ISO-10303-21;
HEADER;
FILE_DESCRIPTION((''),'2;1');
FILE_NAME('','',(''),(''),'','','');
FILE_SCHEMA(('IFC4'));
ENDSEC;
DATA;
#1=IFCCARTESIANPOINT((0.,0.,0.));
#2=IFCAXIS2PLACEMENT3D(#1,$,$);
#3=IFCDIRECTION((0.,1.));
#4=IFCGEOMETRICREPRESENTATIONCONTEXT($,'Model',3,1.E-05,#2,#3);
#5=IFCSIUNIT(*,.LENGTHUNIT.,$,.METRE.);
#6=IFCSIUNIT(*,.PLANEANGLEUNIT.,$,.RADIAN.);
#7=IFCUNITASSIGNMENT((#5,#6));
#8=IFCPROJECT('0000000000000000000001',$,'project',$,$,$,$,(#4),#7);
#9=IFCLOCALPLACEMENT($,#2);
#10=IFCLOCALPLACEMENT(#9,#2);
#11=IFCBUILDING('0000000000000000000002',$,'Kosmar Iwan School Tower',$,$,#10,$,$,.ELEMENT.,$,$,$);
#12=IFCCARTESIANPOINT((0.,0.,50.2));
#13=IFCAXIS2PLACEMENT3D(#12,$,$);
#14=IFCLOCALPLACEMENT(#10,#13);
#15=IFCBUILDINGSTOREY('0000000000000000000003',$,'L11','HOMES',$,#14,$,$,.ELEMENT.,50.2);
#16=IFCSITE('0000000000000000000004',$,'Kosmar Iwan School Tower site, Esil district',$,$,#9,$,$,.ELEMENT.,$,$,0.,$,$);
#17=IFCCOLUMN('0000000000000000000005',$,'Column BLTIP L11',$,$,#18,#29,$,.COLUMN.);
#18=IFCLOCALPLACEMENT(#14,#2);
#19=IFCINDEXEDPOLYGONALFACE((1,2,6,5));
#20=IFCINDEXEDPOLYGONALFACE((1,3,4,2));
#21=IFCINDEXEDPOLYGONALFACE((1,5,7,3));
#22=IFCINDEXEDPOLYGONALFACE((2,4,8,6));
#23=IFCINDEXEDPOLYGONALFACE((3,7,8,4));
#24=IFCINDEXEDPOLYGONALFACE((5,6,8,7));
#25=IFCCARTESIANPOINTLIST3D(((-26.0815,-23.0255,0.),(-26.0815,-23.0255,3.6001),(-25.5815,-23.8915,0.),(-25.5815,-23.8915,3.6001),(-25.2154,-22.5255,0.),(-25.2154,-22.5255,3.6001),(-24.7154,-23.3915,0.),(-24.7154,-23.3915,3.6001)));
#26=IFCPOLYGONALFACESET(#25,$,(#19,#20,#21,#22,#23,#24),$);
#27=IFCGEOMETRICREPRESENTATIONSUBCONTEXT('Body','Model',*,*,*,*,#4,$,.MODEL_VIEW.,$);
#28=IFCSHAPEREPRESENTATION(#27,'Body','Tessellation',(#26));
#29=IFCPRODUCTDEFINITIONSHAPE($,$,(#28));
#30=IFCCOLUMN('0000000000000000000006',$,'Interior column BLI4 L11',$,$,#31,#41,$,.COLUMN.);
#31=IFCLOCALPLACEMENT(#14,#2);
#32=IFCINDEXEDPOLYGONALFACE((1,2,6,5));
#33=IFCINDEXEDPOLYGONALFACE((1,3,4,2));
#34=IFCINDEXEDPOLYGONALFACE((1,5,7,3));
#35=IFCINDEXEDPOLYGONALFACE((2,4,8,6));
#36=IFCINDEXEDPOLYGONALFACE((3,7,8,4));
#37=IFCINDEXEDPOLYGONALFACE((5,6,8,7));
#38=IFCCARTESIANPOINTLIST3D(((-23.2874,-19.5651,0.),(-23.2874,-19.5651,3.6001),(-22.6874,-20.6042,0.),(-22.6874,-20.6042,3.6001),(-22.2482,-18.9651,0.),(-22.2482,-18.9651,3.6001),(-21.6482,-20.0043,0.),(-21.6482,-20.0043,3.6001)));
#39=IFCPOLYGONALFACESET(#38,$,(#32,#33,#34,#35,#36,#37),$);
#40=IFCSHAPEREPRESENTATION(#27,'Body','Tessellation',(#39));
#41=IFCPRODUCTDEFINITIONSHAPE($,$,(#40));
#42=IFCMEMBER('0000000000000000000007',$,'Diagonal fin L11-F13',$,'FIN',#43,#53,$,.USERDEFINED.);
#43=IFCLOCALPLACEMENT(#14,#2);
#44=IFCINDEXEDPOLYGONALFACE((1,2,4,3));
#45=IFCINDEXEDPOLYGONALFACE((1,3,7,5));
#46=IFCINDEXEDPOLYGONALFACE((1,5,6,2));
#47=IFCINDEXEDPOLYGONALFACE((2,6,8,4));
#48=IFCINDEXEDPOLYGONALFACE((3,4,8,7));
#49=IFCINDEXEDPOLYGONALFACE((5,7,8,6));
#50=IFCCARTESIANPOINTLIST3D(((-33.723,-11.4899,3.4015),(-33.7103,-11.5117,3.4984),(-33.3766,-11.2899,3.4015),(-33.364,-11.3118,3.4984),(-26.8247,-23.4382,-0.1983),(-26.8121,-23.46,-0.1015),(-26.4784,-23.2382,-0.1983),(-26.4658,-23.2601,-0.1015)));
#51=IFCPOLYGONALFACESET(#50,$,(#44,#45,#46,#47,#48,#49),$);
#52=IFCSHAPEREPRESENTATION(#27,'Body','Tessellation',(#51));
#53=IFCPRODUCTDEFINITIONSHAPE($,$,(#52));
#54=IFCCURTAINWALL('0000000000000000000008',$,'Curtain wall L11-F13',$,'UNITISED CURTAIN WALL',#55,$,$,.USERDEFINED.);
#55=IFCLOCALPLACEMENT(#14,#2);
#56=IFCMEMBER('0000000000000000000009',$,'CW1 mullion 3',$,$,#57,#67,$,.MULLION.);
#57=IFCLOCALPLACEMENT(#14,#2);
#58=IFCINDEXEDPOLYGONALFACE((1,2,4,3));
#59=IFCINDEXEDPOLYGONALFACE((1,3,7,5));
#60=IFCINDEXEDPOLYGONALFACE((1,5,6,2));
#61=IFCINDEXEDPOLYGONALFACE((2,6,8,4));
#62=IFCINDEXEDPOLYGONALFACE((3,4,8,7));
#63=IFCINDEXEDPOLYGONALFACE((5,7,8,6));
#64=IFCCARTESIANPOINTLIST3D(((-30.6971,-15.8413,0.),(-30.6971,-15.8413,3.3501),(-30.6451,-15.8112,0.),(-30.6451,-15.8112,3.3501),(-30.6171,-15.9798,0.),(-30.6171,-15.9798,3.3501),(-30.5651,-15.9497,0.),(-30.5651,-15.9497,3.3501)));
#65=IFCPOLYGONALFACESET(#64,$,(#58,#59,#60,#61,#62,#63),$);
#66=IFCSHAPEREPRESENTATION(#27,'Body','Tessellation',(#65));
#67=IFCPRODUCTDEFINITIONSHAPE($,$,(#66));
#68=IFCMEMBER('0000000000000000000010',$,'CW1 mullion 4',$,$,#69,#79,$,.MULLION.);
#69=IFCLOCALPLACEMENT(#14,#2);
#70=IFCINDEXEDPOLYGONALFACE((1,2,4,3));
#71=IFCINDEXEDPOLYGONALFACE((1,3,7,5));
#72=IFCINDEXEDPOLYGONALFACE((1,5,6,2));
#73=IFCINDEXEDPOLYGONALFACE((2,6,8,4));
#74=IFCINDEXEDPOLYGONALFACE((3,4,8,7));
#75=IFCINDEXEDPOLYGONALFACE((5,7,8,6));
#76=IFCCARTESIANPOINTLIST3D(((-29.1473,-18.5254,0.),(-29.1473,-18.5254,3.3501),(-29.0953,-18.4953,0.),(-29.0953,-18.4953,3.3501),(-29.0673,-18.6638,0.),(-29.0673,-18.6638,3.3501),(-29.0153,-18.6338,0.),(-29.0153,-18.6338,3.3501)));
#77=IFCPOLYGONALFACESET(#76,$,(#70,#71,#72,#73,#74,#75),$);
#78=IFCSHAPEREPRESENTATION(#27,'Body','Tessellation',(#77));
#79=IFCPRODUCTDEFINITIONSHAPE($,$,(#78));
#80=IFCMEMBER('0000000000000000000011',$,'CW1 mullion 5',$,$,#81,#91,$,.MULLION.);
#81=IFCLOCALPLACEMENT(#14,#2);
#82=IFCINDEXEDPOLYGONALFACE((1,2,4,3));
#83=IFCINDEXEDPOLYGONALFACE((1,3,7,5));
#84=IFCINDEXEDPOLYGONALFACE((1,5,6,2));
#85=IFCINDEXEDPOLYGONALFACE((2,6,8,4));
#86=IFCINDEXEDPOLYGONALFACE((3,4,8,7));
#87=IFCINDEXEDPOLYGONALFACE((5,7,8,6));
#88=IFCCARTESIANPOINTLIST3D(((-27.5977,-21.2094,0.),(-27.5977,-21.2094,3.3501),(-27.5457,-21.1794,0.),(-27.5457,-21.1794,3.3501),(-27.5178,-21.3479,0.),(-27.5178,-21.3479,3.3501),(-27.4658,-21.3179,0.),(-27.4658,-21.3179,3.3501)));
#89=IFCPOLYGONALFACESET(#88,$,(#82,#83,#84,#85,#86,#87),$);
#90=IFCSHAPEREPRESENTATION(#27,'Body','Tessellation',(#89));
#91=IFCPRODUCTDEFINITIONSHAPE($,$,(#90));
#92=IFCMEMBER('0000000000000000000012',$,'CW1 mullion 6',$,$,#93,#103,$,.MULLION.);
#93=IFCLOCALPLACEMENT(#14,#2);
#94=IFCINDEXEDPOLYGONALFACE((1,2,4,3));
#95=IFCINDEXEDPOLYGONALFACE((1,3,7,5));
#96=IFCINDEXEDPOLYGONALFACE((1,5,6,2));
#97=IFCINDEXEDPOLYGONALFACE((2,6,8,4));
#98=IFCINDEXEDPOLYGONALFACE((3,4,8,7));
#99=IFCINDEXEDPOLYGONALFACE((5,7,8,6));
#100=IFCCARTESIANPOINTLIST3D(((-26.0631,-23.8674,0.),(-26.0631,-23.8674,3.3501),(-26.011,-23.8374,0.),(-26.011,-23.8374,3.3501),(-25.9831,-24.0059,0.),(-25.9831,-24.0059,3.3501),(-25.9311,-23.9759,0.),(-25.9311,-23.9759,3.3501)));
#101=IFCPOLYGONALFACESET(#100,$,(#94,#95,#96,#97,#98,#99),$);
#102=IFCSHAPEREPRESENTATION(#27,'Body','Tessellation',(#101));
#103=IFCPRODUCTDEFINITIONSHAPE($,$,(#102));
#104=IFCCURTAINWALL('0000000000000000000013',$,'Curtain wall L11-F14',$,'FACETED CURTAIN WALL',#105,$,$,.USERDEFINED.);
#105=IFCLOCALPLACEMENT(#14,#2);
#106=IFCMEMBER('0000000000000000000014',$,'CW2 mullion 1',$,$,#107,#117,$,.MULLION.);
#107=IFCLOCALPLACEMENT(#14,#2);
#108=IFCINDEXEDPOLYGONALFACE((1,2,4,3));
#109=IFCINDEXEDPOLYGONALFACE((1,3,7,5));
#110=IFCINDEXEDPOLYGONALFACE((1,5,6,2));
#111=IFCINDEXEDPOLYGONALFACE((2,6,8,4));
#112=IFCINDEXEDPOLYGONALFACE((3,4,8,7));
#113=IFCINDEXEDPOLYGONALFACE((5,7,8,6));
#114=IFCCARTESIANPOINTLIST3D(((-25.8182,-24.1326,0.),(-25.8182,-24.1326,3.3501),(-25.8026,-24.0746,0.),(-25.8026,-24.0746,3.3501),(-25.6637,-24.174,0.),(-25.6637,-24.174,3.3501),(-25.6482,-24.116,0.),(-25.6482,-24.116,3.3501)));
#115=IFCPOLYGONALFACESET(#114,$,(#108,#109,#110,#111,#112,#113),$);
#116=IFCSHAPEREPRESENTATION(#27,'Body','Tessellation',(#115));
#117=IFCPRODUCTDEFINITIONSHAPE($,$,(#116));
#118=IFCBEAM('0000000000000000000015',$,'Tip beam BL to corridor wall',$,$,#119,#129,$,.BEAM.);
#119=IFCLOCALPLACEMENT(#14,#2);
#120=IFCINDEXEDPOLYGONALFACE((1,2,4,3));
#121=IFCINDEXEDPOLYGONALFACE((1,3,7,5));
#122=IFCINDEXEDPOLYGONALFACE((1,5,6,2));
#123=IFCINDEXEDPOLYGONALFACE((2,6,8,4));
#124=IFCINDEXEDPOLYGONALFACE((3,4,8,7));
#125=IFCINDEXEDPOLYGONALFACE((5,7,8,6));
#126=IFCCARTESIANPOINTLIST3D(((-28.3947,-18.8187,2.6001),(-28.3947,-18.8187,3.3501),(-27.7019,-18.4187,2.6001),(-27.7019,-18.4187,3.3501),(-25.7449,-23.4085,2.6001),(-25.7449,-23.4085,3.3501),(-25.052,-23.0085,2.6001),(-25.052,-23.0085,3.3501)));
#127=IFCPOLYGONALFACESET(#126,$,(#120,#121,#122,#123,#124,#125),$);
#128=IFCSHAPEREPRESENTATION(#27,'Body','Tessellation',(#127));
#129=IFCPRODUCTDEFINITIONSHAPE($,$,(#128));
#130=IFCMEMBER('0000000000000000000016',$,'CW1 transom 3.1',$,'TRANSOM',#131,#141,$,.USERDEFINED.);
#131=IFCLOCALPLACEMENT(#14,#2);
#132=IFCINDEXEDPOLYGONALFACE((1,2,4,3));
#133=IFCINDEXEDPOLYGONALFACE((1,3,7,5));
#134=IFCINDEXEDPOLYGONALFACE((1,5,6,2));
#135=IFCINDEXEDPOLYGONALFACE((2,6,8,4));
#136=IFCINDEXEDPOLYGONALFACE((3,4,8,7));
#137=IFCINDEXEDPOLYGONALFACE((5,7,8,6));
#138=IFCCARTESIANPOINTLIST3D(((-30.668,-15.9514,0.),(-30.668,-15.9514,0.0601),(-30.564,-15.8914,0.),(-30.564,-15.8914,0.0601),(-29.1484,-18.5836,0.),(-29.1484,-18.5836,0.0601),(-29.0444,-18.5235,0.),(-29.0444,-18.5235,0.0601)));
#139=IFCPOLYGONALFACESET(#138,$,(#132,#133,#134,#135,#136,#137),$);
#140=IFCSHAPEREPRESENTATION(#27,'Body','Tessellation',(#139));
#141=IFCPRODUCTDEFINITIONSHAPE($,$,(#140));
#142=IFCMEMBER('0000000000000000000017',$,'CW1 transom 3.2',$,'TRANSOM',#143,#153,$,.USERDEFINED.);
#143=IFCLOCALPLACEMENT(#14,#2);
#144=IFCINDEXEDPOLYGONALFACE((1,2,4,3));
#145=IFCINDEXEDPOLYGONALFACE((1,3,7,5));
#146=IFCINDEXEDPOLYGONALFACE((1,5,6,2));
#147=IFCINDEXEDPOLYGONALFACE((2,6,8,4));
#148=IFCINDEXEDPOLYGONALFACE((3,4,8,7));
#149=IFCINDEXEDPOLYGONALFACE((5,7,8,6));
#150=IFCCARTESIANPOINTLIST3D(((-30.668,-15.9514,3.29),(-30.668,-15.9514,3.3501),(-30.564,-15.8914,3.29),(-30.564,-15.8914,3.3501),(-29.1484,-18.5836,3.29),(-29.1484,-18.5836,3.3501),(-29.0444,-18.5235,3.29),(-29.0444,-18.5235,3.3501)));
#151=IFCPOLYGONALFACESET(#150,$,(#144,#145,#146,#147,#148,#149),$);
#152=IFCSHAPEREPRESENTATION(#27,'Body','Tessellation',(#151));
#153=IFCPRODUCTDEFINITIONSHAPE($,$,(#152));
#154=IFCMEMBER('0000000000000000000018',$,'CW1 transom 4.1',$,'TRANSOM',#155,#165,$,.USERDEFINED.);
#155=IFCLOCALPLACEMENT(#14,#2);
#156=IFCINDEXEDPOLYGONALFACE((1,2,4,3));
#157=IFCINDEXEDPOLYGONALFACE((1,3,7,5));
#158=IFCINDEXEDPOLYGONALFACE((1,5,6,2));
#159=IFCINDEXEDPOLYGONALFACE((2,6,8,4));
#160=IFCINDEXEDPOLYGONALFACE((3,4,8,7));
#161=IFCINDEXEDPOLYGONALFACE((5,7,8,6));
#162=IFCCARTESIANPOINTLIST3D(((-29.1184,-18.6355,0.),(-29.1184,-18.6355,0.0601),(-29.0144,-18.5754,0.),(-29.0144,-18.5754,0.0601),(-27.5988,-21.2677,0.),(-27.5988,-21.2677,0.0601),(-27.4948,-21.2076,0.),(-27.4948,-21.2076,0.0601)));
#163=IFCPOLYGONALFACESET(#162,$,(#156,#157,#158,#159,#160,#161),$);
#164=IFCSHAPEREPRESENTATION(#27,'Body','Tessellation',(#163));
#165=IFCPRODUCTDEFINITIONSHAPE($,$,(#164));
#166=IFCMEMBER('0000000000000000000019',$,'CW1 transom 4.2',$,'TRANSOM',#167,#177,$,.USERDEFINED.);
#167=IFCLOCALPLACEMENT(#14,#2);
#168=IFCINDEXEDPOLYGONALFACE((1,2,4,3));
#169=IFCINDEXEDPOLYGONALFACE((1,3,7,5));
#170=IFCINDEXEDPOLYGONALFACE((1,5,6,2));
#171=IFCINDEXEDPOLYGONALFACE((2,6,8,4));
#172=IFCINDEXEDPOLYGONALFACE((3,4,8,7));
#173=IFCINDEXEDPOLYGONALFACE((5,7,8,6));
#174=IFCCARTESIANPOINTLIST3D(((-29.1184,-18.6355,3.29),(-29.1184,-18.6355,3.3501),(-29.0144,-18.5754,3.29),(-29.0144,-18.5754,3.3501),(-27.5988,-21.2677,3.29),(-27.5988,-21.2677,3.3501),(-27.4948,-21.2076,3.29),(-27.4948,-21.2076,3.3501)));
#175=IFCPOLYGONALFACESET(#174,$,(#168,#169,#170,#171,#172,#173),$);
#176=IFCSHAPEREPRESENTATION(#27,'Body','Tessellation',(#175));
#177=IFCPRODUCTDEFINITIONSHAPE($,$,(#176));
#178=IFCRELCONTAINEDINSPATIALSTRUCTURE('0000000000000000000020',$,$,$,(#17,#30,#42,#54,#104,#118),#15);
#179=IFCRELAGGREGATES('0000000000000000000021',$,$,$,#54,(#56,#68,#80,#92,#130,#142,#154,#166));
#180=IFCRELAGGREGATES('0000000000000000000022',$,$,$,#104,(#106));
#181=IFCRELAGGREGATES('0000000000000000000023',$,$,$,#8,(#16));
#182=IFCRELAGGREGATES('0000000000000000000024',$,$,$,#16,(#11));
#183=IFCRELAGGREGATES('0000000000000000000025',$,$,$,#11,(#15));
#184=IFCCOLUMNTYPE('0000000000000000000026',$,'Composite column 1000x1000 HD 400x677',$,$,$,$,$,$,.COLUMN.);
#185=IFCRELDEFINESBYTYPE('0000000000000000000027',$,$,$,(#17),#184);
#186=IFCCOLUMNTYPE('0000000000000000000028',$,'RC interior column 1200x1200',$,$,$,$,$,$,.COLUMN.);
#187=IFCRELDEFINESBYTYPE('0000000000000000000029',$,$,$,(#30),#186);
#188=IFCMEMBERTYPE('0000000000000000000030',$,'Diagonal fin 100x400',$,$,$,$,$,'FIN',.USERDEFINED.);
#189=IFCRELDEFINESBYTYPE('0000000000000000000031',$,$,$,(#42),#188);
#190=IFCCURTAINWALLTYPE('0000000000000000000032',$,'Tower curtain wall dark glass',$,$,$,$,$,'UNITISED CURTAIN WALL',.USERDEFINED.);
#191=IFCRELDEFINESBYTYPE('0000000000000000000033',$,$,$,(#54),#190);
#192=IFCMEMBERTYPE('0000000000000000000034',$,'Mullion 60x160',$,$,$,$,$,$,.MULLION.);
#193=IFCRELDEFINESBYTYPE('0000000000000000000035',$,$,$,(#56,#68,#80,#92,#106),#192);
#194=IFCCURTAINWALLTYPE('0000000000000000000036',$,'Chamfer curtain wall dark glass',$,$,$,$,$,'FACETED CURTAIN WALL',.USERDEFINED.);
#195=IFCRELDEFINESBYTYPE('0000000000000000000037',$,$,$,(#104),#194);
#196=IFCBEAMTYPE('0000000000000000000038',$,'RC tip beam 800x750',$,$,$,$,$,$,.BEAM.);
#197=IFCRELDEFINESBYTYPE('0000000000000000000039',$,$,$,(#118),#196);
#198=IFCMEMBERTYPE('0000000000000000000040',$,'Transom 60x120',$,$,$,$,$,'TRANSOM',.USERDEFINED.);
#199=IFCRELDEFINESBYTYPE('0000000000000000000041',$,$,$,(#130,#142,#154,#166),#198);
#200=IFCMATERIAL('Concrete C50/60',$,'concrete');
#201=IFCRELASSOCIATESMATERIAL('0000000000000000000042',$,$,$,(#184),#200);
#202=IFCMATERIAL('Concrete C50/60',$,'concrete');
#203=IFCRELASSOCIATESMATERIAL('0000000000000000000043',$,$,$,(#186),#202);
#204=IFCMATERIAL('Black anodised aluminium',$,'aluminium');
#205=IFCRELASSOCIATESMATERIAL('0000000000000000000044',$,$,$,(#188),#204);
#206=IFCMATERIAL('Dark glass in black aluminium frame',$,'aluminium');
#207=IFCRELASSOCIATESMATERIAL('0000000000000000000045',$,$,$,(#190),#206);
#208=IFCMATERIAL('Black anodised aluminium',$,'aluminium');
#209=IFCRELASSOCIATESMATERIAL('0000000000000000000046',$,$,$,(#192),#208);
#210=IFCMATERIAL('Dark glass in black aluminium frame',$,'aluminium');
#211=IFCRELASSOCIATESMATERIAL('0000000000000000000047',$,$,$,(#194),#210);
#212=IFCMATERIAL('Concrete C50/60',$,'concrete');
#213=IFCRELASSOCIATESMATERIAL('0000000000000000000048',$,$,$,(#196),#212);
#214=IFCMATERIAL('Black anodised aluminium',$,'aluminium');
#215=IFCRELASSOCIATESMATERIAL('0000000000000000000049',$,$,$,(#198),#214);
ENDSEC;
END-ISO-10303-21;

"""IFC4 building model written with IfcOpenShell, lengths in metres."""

from ifc_helpers import new_model, si_unit, direction, frame, origin, origin_2d, place, context, subcontext, project, spatial, rectangle, extrude, material, material_profile, profile_set, type_object, element, aggregate, save


model = new_model("IFC4")

# Units and contexts
model_context = context("Model", 3, precision=1e-05, world=origin(), true_north=direction((0.0, 1.0)))
body_context = subcontext(model_context, "Body", "Model", "MODEL_VIEW")
ifc_project = project(units=[si_unit("LENGTHUNIT", "METRE"), si_unit("PLANEANGLEUNIT", "RADIAN")], contexts=[model_context])

# Site, building, storey
site_placement = place(None, origin())
site = spatial("IfcSite", under=ifc_project, at=site_placement, Name="Kosmar Iwan School Tower site, Esil district", CompositionType="ELEMENT", RefElevation=0.0)
building_placement = place(site_placement, origin())
building = spatial("IfcBuilding", under=site, at=building_placement, Name="Kosmar Iwan School Tower", CompositionType="ELEMENT")
storey_placement = place(building_placement, frame((0.0, 0.0, 50.2)))
storey = spatial("IfcBuildingStorey", under=building, at=storey_placement, Name="L11", Description="HOMES", CompositionType="ELEMENT", Elevation=50.2)

# Columns
ifc_material_1 = material(Name="Concrete C50/60", Category="concrete")
ifc_material_profile_1 = material_profile(ifc_material_1, rectangle(XDim=1.0, YDim=1.0, at=origin_2d()), Name="RC 1000x1000 + HD 400x677")
ifc_profile_set_1 = profile_set([ifc_material_profile_1], Name="Concrete C50/60")
column_type_1 = type_object("IfcColumnType", Name="Composite column 1000x1000 HD 400x677", PredefinedType="COLUMN", material=ifc_profile_set_1)
column_1_placement = place(storey_placement, frame((-25.3984, -23.2085, 0.0), z_axis=(0.0, 0.0, 1.0), x_axis=(-0.866025, -0.5, 0.0)))
element("IfcColumn", 1, at=column_1_placement, inside=storey, type_object=column_type_1, Name="Column BLTIP L11", PredefinedType="COLUMN", context=body_context, shape_type="SweptSolid", body=[
    extrude(rectangle(XDim=1.0, YDim=1.0, at=origin_2d()), origin(), (0.0, 0.0, 1.0), 3.6001),
])
ifc_material_2 = material(Name="Concrete C50/60", Category="concrete")
ifc_material_profile_2 = material_profile(ifc_material_2, rectangle(XDim=1.2, YDim=1.2, at=origin_2d()), Name="RC 1200x1200")
ifc_profile_set_2 = profile_set([ifc_material_profile_2], Name="Concrete C50/60")
column_type_2 = type_object("IfcColumnType", Name="RC interior column 1200x1200", PredefinedType="COLUMN", material=ifc_profile_set_2)
column_2_placement = place(storey_placement, frame((-22.4678, -19.7847, 0.0), z_axis=(0.0, 0.0, 1.0), x_axis=(-0.866025, -0.5, 0.0)))
element("IfcColumn", 2, at=column_2_placement, inside=storey, type_object=column_type_2, Name="Interior column BLI4 L11", PredefinedType="COLUMN", context=body_context, shape_type="SweptSolid", body=[
    extrude(rectangle(XDim=1.2, YDim=1.2, at=origin_2d()), origin(), (0.0, 0.0, 1.0), 3.6001),
])

# Member
ifc_material_3 = material(Name="Black anodised aluminium", Category="aluminium")
ifc_material_profile_3 = material_profile(ifc_material_3, rectangle(XDim=0.1001, YDim=0.3999, at=origin_2d()), Name="FIN 100x400")
ifc_profile_set_3 = profile_set([ifc_material_profile_3], Name="Black anodised aluminium")
member_type_1 = type_object("IfcMemberType", Name="Diagonal fin 100x400", ElementType="FIN", PredefinedType="USERDEFINED", material=ifc_profile_set_3)
member_1_placement = place(storey_placement, frame((-26.6453, -23.3491, -0.1499), z_axis=(-0.483796, 0.837974, 0.252471), x_axis=(0.126234, -0.218647, 0.967604)))
element("IfcMember", 3, at=member_1_placement, inside=storey, type_object=member_type_1, Name="Diagonal fin L11-F13", ObjectType="FIN", PredefinedType="USERDEFINED", context=body_context, shape_type="SweptSolid", body=[
    extrude(rectangle(XDim=0.1001, YDim=0.3999, at=origin_2d()), origin(), (0.0, 0.0, 1.0), 14.2585),
])

# Curtain wall, members
ifc_material_4 = material(Name="Dark glass in black aluminium frame", Category="aluminium")
curtain_wall_type_1 = type_object("IfcCurtainWallType", Name="Tower curtain wall dark glass", ElementType="UNITISED CURTAIN WALL", PredefinedType="USERDEFINED", material=ifc_material_4)
curtain_wall_1_placement = place(storey_placement, origin())
curtain_wall_1 = element("IfcCurtainWall", 4, at=curtain_wall_1_placement, inside=storey, type_object=curtain_wall_type_1, Name="Curtain wall L11-F13", ObjectType="UNITISED CURTAIN WALL", PredefinedType="USERDEFINED")
ifc_material_5 = material(Name="Black anodised aluminium", Category="aluminium")
ifc_material_profile_4 = material_profile(ifc_material_5, rectangle(XDim=0.0601, YDim=0.1599, at=origin_2d()), Name="MULLION 60x160")
ifc_profile_set_4 = profile_set([ifc_material_profile_4], Name="Black anodised aluminium")
member_type_2 = type_object("IfcMemberType", Name="Mullion 60x160", PredefinedType="MULLION", material=ifc_profile_set_4)
member_2_placement = place(storey_placement, frame((-30.6311, -15.8955, 0.0), z_axis=(0.0, 0.0, 1.0), x_axis=(0.866025, 0.5, 0.0)))
member_2 = element("IfcMember", 5, at=member_2_placement, type_object=member_type_2, Name="CW1 mullion 3", PredefinedType="MULLION", context=body_context, shape_type="SweptSolid", body=[
    extrude(rectangle(XDim=0.0601, YDim=0.1599, at=origin_2d()), origin(), (0.0, 0.0, 1.0), 3.3501),
])
member_3_placement = place(storey_placement, frame((-29.0813, -18.5796, 0.0), z_axis=(0.0, 0.0, 1.0), x_axis=(0.866025, 0.5, 0.0)))
member_3 = element("IfcMember", 6, at=member_3_placement, type_object=member_type_2, Name="CW1 mullion 4", PredefinedType="MULLION", context=body_context, shape_type="SweptSolid", body=[
    extrude(rectangle(XDim=0.0601, YDim=0.1599, at=origin_2d()), origin(), (0.0, 0.0, 1.0), 3.3501),
])
member_4_placement = place(storey_placement, frame((-27.5317, -21.2637, 0.0), z_axis=(0.0, 0.0, 1.0), x_axis=(0.866025, 0.5, 0.0)))
member_4 = element("IfcMember", 7, at=member_4_placement, type_object=member_type_2, Name="CW1 mullion 5", PredefinedType="MULLION", context=body_context, shape_type="SweptSolid", body=[
    extrude(rectangle(XDim=0.0601, YDim=0.1599, at=origin_2d()), origin(), (0.0, 0.0, 1.0), 3.3501),
])
member_5_placement = place(storey_placement, frame((-25.9971, -23.9216, 0.0), z_axis=(0.0, 0.0, 1.0), x_axis=(0.866025, 0.5, 0.0)))
member_5 = element("IfcMember", 8, at=member_5_placement, type_object=member_type_2, Name="CW1 mullion 6", PredefinedType="MULLION", context=body_context, shape_type="SweptSolid", body=[
    extrude(rectangle(XDim=0.0601, YDim=0.1599, at=origin_2d()), origin(), (0.0, 0.0, 1.0), 3.3501),
])

# Curtain wall, member
ifc_material_6 = material(Name="Dark glass in black aluminium frame", Category="aluminium")
curtain_wall_type_2 = type_object("IfcCurtainWallType", Name="Chamfer curtain wall dark glass", ElementType="FACETED CURTAIN WALL", PredefinedType="USERDEFINED", material=ifc_material_6)
curtain_wall_2_placement = place(storey_placement, origin())
curtain_wall_2 = element("IfcCurtainWall", 9, at=curtain_wall_2_placement, inside=storey, type_object=curtain_wall_type_2, Name="Curtain wall L11-F14", ObjectType="FACETED CURTAIN WALL", PredefinedType="USERDEFINED")
member_6_placement = place(storey_placement, frame((-25.7332, -24.1243, 0.0), z_axis=(0.0, 0.0, 1.0), x_axis=(0.258819, 0.965926, 0.0)))
member_6 = element("IfcMember", 10, at=member_6_placement, type_object=member_type_2, Name="CW2 mullion 1", PredefinedType="MULLION", context=body_context, shape_type="SweptSolid", body=[
    extrude(rectangle(XDim=0.0601, YDim=0.1599, at=origin_2d()), origin(), (0.0, 0.0, 1.0), 3.3501),
])

# Beam
ifc_material_7 = material(Name="Concrete C50/60", Category="concrete")
ifc_material_profile_5 = material_profile(ifc_material_7, rectangle(XDim=0.8, YDim=0.75, at=origin_2d()), Name="RC 800x750")
ifc_profile_set_5 = profile_set([ifc_material_profile_5], Name="Concrete C50/60")
beam_type = type_object("IfcBeamType", Name="RC tip beam 800x750", PredefinedType="BEAM", material=ifc_profile_set_5)
beam_placement = place(storey_placement, frame((-25.3984, -23.2085, 2.9751), z_axis=(-0.499994, 0.866029, 0.0), x_axis=(-0.866029, -0.499994, 0.0)))
element("IfcBeam", 11, at=beam_placement, inside=storey, type_object=beam_type, Name="Tip beam BL to corridor wall", PredefinedType="BEAM", context=body_context, shape_type="SweptSolid", body=[
    extrude(rectangle(XDim=0.8, YDim=0.75, at=origin_2d()), origin(), (0.0, 0.0, 1.0), 5.2998),
])

# Members
ifc_material_8 = material(Name="Black anodised aluminium", Category="aluminium")
ifc_material_profile_6 = material_profile(ifc_material_8, rectangle(XDim=0.1201, YDim=0.0601, at=origin_2d()), Name="TRANSOM 60x120")
ifc_profile_set_6 = profile_set([ifc_material_profile_6], Name="Black anodised aluminium")
member_type_3 = type_object("IfcMemberType", Name="Transom 60x120", ElementType="TRANSOM", PredefinedType="USERDEFINED", material=ifc_profile_set_6)
member_7_placement = place(storey_placement, frame((-30.616, -15.9214, 0.03), z_axis=(0.499975, -0.86604, 0.0), x_axis=(0.86604, 0.499975, 0.0)))
member_7 = element("IfcMember", 12, at=member_7_placement, type_object=member_type_3, Name="CW1 transom 3.1", ObjectType="TRANSOM", PredefinedType="USERDEFINED", context=body_context, shape_type="SweptSolid", body=[
    extrude(rectangle(XDim=0.1201, YDim=0.0601, at=origin_2d()), origin(), (0.0, 0.0, 1.0), 3.0393),
])
member_8_placement = place(storey_placement, frame((-30.616, -15.9214, 3.3201), z_axis=(0.499975, -0.86604, 0.0), x_axis=(0.86604, 0.499975, 0.0)))
member_8 = element("IfcMember", 13, at=member_8_placement, type_object=member_type_3, Name="CW1 transom 3.2", ObjectType="TRANSOM", PredefinedType="USERDEFINED", context=body_context, shape_type="SweptSolid", body=[
    extrude(rectangle(XDim=0.1201, YDim=0.0601, at=origin_2d()), origin(), (0.0, 0.0, 1.0), 3.0393),
])
member_9_placement = place(storey_placement, frame((-29.0664, -18.6055, 0.03), z_axis=(0.499975, -0.86604, 0.0), x_axis=(0.86604, 0.499975, 0.0)))
member_9 = element("IfcMember", 14, at=member_9_placement, type_object=member_type_3, Name="CW1 transom 4.1", ObjectType="TRANSOM", PredefinedType="USERDEFINED", context=body_context, shape_type="SweptSolid", body=[
    extrude(rectangle(XDim=0.1201, YDim=0.0601, at=origin_2d()), origin(), (0.0, 0.0, 1.0), 3.0393),
])
member_10_placement = place(storey_placement, frame((-29.0664, -18.6055, 3.3201), z_axis=(0.499975, -0.86604, 0.0), x_axis=(0.86604, 0.499975, 0.0)))
member_10 = element("IfcMember", 15, at=member_10_placement, type_object=member_type_3, Name="CW1 transom 4.2", ObjectType="TRANSOM", PredefinedType="USERDEFINED", context=body_context, shape_type="SweptSolid", body=[
    extrude(rectangle(XDim=0.1201, YDim=0.0601, at=origin_2d()), origin(), (0.0, 0.0, 1.0), 3.0393),
])

aggregate(curtain_wall_1, [member_2, member_3, member_4, member_5, member_7, member_8, member_9, member_10])
aggregate(curtain_wall_2, [member_6])

save(model, "model.ifc")
